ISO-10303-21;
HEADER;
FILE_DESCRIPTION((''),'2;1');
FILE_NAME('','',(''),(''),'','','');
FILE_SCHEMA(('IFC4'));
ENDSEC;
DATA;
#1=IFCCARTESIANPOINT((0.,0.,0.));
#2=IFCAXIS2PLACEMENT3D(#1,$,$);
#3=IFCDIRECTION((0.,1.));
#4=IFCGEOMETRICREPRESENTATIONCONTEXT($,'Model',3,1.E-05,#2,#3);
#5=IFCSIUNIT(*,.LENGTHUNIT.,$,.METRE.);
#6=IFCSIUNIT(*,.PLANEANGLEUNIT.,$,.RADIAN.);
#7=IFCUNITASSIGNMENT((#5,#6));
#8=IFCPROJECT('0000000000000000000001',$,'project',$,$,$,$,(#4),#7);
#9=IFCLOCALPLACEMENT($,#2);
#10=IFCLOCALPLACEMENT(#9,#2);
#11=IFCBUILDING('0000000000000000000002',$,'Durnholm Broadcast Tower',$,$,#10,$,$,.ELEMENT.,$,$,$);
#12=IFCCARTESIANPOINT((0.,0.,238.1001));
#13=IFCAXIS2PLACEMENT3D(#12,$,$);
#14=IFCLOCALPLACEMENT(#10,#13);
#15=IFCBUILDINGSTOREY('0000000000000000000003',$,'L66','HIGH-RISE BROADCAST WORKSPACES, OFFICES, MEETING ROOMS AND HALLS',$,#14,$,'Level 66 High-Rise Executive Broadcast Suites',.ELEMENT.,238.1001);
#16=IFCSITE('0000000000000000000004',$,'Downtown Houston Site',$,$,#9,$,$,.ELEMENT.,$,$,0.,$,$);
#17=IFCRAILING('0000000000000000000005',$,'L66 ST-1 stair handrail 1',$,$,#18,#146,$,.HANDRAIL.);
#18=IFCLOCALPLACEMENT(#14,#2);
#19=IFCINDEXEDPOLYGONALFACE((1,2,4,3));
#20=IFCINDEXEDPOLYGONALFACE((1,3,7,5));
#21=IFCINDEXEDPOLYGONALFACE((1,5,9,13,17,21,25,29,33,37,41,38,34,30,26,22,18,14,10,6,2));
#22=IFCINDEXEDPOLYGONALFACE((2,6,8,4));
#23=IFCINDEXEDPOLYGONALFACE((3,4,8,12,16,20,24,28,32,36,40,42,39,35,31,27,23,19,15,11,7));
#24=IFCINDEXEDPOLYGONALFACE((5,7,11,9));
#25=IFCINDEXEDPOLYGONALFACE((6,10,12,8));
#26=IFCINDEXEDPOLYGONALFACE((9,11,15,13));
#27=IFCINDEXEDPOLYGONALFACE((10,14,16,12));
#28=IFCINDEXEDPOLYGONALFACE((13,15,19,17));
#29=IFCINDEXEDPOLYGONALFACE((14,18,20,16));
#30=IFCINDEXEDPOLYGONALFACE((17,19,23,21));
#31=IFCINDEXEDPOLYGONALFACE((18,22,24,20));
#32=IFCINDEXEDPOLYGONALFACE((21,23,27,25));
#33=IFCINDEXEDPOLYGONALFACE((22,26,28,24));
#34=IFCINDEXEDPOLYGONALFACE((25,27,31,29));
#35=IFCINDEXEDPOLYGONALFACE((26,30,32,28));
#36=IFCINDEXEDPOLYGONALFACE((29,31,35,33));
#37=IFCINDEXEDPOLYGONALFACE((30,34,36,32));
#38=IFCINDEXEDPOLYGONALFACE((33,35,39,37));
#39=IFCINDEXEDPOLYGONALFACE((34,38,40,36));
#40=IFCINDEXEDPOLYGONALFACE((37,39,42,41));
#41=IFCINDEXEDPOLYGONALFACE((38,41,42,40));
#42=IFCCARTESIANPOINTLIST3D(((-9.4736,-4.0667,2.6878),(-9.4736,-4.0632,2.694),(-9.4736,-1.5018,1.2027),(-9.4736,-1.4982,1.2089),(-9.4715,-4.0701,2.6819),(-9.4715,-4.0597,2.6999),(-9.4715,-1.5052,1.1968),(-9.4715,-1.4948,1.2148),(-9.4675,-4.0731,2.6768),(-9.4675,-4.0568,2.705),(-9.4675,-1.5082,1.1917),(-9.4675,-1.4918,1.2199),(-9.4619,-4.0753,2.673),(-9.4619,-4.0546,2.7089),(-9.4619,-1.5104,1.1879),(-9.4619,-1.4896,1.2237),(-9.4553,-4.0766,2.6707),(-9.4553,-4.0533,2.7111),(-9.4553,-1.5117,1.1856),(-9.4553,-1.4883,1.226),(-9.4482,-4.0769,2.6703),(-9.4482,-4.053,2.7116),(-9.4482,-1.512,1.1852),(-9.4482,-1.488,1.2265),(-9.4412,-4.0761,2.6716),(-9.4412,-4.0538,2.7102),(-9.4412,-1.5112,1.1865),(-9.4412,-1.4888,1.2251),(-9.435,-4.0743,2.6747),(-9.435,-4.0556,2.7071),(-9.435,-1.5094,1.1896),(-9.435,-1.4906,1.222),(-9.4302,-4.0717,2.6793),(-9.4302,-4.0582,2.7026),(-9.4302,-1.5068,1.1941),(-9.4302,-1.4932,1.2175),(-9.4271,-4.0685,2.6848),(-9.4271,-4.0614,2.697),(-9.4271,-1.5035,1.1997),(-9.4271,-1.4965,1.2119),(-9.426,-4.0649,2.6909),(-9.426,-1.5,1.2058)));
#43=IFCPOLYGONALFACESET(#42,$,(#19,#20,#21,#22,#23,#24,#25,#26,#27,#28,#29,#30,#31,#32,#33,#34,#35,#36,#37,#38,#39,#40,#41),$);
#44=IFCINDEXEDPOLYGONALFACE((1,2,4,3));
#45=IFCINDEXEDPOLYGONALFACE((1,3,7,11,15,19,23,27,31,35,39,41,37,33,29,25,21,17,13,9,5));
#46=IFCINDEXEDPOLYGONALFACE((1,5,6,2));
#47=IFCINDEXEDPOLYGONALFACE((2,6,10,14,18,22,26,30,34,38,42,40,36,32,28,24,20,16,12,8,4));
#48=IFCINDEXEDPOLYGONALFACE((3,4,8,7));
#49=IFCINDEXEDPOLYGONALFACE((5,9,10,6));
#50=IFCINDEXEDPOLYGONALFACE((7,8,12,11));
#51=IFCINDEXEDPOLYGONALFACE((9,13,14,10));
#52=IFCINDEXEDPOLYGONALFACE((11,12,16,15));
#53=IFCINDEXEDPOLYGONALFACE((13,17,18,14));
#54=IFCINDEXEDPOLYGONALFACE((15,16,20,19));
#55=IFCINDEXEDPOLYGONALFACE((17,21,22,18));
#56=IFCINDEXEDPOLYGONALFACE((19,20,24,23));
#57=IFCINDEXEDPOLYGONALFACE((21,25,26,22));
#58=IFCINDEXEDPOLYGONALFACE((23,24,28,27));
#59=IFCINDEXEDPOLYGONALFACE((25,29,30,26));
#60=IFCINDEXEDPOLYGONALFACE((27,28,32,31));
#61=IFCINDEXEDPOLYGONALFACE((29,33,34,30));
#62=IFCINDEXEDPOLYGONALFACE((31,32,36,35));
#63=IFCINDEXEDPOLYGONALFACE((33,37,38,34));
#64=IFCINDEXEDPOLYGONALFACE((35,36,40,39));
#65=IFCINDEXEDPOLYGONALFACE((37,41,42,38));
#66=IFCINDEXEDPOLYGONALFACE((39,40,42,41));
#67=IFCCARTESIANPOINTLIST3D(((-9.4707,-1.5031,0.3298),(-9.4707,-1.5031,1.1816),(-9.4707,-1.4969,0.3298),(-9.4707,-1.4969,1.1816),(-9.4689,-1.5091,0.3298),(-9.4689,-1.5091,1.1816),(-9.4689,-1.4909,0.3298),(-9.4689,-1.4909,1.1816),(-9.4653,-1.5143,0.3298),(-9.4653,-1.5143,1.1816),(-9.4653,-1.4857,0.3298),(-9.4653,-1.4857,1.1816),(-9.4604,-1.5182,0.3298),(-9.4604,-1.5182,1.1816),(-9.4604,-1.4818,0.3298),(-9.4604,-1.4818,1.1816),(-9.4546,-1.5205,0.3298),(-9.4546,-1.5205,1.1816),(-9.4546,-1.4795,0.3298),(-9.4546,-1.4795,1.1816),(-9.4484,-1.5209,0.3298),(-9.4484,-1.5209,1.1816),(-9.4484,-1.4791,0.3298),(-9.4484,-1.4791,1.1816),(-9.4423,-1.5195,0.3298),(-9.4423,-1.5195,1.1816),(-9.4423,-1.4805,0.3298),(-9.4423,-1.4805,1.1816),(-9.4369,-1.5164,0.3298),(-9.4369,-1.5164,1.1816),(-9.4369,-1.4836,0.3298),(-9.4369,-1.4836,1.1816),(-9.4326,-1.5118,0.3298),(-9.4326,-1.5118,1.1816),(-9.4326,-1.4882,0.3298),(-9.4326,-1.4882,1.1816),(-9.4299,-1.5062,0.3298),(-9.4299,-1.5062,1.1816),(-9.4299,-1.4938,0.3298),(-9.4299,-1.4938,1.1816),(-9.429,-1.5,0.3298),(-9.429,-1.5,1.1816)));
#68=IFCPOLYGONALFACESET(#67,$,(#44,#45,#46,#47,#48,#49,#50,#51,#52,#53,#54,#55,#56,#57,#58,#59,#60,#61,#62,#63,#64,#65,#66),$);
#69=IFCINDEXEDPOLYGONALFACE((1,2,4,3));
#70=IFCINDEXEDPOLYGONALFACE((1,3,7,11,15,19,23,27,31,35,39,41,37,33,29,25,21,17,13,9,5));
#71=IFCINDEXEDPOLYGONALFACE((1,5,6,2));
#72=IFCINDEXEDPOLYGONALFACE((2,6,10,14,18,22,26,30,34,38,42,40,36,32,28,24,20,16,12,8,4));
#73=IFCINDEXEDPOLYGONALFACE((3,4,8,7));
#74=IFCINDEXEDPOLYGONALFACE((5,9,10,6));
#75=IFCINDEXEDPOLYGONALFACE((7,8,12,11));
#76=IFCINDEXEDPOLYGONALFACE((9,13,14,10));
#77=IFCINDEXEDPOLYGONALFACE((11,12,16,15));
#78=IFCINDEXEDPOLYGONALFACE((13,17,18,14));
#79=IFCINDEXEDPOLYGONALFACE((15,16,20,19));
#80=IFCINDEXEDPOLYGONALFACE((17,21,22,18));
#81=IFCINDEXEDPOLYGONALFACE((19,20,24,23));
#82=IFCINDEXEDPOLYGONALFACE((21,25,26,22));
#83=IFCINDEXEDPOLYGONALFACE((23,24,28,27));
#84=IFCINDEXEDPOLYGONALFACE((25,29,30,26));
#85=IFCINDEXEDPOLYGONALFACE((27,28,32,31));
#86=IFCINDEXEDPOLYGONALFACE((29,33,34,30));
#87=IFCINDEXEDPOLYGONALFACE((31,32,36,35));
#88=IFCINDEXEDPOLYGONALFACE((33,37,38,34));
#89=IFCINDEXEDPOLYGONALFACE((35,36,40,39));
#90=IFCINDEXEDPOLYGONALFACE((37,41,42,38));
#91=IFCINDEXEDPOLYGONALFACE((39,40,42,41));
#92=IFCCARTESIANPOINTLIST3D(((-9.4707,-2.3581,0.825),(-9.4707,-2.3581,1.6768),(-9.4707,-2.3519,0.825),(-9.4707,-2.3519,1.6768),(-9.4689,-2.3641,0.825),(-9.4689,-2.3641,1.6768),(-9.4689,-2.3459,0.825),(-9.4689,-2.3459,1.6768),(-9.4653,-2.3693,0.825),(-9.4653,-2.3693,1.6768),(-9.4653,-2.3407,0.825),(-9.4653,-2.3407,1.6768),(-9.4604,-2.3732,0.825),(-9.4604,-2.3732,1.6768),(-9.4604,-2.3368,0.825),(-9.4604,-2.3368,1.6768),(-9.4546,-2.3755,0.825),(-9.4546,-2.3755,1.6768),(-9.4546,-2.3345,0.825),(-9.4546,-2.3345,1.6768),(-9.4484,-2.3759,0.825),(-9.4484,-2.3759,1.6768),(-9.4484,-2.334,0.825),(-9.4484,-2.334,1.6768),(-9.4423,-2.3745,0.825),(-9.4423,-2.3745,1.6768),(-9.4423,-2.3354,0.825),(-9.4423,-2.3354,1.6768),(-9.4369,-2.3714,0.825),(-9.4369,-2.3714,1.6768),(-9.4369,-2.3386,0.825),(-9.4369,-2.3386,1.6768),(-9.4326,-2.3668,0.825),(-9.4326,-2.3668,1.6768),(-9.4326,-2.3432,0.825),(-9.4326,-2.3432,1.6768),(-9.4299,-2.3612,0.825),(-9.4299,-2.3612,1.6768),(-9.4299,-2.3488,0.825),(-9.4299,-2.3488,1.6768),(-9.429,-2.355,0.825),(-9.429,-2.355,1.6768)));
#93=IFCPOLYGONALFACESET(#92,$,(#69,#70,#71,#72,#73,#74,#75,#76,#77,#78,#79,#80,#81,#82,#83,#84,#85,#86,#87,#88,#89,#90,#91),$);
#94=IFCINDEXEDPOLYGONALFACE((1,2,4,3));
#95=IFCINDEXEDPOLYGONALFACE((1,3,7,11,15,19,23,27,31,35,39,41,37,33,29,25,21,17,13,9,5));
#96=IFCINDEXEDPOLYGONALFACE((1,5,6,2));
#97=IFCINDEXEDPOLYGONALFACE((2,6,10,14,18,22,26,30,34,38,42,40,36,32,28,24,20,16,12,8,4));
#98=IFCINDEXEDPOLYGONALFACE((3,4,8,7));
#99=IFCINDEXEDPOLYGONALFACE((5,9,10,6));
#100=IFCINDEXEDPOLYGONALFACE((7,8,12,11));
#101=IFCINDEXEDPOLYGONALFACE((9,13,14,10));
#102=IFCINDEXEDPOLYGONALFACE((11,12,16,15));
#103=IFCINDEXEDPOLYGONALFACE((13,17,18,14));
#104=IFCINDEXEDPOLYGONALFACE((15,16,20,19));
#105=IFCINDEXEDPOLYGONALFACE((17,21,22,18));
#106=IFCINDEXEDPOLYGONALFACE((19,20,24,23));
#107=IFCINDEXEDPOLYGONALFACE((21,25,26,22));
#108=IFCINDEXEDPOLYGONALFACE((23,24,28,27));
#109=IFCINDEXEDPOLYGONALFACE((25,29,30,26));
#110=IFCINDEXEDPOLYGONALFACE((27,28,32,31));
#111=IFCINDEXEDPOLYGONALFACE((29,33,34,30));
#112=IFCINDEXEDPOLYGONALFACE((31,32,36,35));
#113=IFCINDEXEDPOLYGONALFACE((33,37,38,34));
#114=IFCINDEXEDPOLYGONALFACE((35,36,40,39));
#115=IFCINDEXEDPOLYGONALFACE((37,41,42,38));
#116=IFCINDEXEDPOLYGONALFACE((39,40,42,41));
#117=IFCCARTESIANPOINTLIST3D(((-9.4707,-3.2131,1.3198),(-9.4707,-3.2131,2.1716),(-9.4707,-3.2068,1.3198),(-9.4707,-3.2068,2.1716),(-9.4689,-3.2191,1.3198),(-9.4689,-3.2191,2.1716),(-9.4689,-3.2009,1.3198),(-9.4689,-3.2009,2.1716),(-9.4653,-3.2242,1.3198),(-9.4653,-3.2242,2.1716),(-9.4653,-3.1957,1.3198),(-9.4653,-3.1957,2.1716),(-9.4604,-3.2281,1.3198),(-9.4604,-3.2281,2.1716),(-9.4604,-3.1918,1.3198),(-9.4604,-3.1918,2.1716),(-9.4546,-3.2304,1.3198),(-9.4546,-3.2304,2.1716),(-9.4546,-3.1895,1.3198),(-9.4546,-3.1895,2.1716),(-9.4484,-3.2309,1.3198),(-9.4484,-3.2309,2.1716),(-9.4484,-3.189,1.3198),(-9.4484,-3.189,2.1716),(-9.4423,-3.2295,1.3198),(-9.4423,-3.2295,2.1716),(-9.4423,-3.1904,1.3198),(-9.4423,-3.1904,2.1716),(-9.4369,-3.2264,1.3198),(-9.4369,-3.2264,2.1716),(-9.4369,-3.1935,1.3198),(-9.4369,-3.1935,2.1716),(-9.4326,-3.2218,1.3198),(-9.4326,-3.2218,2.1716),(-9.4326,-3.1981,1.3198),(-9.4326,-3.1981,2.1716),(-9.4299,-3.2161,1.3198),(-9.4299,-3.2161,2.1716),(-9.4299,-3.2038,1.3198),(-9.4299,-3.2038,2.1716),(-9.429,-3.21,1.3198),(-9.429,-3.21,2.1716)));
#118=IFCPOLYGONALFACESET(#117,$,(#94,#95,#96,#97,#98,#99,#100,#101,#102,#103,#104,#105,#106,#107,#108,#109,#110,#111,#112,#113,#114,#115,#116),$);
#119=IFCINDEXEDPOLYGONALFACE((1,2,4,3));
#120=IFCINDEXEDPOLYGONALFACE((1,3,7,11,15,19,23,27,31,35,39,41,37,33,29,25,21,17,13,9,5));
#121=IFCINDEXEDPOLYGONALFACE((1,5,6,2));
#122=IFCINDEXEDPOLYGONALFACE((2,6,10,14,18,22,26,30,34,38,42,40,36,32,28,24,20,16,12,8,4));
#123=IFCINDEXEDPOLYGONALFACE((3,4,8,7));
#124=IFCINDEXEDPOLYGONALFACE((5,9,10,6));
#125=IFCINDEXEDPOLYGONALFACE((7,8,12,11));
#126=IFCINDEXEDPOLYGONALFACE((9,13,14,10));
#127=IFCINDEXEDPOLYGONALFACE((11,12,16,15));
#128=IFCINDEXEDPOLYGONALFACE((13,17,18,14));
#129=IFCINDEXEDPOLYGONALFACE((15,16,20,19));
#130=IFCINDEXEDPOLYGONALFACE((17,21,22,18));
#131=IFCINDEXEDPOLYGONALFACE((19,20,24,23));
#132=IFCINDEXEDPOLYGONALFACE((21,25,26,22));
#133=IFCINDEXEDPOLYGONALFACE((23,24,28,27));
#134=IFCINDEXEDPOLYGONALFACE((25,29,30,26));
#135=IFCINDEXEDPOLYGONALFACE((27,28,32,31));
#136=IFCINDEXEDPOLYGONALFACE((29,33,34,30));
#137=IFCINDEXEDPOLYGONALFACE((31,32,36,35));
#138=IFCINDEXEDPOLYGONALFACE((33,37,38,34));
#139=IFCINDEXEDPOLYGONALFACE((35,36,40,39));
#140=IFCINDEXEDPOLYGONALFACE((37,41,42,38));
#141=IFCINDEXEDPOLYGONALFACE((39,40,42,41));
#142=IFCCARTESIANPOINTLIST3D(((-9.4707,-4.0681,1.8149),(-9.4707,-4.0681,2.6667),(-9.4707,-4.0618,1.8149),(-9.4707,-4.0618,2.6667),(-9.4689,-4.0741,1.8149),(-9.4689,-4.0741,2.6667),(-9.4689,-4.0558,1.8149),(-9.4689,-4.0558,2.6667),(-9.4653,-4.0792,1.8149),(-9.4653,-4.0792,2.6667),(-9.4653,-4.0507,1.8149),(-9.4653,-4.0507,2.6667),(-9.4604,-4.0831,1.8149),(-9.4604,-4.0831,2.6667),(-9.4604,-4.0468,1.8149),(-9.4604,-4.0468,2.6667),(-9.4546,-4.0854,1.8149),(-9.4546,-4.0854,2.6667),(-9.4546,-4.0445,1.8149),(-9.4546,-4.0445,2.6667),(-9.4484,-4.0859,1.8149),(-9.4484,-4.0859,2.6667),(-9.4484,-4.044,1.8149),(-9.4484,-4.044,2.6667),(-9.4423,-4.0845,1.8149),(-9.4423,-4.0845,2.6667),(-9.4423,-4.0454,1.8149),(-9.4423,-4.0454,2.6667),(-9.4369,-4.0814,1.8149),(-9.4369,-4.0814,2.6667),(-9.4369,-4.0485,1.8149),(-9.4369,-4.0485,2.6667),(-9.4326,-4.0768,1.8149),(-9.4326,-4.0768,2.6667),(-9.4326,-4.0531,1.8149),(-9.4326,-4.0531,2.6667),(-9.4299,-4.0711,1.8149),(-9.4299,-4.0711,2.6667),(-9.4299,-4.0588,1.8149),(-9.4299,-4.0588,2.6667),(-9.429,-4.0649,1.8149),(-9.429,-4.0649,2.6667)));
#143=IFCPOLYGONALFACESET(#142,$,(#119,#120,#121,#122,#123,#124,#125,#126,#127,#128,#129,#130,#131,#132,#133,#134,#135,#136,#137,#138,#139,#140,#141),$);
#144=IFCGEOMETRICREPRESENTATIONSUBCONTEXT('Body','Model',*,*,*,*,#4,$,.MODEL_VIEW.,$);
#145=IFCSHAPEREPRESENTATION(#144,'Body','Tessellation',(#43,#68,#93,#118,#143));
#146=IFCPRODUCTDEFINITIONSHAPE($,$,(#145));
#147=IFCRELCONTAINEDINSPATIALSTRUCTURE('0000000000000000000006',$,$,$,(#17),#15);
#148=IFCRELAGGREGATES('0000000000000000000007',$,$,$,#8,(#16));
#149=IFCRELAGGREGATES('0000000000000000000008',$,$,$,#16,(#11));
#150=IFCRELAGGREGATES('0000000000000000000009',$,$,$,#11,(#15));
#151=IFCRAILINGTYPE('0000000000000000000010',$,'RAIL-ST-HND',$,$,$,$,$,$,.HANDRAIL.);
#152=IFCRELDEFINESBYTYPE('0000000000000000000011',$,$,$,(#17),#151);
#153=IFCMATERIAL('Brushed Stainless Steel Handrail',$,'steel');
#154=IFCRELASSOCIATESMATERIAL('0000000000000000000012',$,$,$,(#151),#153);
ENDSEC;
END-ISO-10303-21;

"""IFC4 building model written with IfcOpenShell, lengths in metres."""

from ifc_helpers import new_model, si_unit, direction, frame, origin, origin_2d, place, context, subcontext, project, spatial, circle, extrude, material, type_object, element, save


model = new_model("IFC4")

# Units and contexts
model_context = context("Model", 3, precision=1e-05, world=origin(), true_north=direction((0.0, 1.0)))
body_context = subcontext(model_context, "Body", "Model", "MODEL_VIEW")
ifc_project = project(units=[si_unit("LENGTHUNIT", "METRE"), si_unit("PLANEANGLEUNIT", "RADIAN")], contexts=[model_context])

# Site, building, storey
site_placement = place(None, origin())
site = spatial("IfcSite", under=ifc_project, at=site_placement, Name="Downtown Houston Site", CompositionType="ELEMENT", RefElevation=0.0)
building_placement = place(site_placement, origin())
building = spatial("IfcBuilding", under=site, at=building_placement, Name="Durnholm Broadcast Tower", CompositionType="ELEMENT")
storey_placement = place(building_placement, frame((0.0, 0.0, 238.1001)))
storey = spatial("IfcBuildingStorey", under=building, at=storey_placement, Name="L66", Description="HIGH-RISE BROADCAST WORKSPACES, OFFICES, MEETING ROOMS AND HALLS", LongName="Level 66 High-Rise Executive Broadcast Suites", CompositionType="ELEMENT", Elevation=238.1001)

# Railing
ifc_material_1 = material(Name="Brushed Stainless Steel Handrail", Category="steel")
railing_type_1 = type_object("IfcRailingType", Name="RAIL-ST-HND", PredefinedType="HANDRAIL", material=ifc_material_1)
railing_1_placement = place(storey_placement, frame((-9.45, -1.5, 0.3298)))
element("IfcRailing", 1, at=railing_1_placement, inside=storey, type_object=railing_type_1, Name="L66 ST-1 stair handrail 1", PredefinedType="HANDRAIL", context=body_context, shape_type="SweptSolid", body=[
    extrude(circle(Radius=0.0239, at=origin_2d()), frame((0.0, 0.0, 0.876), z_axis=(0.0, -0.865406, 0.501072), x_axis=(1.0, 0.0, 0.0)), (0.0, 0.0, 1.0), 2.9639),
    extrude(circle(Radius=0.021, at=origin_2d()), origin(), (0.0, 0.0, 1.0), 0.8518),
    extrude(circle(Radius=0.021, at=origin_2d()), frame((0.0, -0.855, 0.4951)), (0.0, 0.0, 1.0), 0.8518),
    extrude(circle(Radius=0.021, at=origin_2d()), frame((0.0, -1.71, 0.99)), (0.0, 0.0, 1.0), 0.8518),
    extrude(circle(Radius=0.021, at=origin_2d()), frame((0.0, -2.5649, 1.4851)), (0.0, 0.0, 1.0), 0.8518),
])

save(model, "model.ifc")
